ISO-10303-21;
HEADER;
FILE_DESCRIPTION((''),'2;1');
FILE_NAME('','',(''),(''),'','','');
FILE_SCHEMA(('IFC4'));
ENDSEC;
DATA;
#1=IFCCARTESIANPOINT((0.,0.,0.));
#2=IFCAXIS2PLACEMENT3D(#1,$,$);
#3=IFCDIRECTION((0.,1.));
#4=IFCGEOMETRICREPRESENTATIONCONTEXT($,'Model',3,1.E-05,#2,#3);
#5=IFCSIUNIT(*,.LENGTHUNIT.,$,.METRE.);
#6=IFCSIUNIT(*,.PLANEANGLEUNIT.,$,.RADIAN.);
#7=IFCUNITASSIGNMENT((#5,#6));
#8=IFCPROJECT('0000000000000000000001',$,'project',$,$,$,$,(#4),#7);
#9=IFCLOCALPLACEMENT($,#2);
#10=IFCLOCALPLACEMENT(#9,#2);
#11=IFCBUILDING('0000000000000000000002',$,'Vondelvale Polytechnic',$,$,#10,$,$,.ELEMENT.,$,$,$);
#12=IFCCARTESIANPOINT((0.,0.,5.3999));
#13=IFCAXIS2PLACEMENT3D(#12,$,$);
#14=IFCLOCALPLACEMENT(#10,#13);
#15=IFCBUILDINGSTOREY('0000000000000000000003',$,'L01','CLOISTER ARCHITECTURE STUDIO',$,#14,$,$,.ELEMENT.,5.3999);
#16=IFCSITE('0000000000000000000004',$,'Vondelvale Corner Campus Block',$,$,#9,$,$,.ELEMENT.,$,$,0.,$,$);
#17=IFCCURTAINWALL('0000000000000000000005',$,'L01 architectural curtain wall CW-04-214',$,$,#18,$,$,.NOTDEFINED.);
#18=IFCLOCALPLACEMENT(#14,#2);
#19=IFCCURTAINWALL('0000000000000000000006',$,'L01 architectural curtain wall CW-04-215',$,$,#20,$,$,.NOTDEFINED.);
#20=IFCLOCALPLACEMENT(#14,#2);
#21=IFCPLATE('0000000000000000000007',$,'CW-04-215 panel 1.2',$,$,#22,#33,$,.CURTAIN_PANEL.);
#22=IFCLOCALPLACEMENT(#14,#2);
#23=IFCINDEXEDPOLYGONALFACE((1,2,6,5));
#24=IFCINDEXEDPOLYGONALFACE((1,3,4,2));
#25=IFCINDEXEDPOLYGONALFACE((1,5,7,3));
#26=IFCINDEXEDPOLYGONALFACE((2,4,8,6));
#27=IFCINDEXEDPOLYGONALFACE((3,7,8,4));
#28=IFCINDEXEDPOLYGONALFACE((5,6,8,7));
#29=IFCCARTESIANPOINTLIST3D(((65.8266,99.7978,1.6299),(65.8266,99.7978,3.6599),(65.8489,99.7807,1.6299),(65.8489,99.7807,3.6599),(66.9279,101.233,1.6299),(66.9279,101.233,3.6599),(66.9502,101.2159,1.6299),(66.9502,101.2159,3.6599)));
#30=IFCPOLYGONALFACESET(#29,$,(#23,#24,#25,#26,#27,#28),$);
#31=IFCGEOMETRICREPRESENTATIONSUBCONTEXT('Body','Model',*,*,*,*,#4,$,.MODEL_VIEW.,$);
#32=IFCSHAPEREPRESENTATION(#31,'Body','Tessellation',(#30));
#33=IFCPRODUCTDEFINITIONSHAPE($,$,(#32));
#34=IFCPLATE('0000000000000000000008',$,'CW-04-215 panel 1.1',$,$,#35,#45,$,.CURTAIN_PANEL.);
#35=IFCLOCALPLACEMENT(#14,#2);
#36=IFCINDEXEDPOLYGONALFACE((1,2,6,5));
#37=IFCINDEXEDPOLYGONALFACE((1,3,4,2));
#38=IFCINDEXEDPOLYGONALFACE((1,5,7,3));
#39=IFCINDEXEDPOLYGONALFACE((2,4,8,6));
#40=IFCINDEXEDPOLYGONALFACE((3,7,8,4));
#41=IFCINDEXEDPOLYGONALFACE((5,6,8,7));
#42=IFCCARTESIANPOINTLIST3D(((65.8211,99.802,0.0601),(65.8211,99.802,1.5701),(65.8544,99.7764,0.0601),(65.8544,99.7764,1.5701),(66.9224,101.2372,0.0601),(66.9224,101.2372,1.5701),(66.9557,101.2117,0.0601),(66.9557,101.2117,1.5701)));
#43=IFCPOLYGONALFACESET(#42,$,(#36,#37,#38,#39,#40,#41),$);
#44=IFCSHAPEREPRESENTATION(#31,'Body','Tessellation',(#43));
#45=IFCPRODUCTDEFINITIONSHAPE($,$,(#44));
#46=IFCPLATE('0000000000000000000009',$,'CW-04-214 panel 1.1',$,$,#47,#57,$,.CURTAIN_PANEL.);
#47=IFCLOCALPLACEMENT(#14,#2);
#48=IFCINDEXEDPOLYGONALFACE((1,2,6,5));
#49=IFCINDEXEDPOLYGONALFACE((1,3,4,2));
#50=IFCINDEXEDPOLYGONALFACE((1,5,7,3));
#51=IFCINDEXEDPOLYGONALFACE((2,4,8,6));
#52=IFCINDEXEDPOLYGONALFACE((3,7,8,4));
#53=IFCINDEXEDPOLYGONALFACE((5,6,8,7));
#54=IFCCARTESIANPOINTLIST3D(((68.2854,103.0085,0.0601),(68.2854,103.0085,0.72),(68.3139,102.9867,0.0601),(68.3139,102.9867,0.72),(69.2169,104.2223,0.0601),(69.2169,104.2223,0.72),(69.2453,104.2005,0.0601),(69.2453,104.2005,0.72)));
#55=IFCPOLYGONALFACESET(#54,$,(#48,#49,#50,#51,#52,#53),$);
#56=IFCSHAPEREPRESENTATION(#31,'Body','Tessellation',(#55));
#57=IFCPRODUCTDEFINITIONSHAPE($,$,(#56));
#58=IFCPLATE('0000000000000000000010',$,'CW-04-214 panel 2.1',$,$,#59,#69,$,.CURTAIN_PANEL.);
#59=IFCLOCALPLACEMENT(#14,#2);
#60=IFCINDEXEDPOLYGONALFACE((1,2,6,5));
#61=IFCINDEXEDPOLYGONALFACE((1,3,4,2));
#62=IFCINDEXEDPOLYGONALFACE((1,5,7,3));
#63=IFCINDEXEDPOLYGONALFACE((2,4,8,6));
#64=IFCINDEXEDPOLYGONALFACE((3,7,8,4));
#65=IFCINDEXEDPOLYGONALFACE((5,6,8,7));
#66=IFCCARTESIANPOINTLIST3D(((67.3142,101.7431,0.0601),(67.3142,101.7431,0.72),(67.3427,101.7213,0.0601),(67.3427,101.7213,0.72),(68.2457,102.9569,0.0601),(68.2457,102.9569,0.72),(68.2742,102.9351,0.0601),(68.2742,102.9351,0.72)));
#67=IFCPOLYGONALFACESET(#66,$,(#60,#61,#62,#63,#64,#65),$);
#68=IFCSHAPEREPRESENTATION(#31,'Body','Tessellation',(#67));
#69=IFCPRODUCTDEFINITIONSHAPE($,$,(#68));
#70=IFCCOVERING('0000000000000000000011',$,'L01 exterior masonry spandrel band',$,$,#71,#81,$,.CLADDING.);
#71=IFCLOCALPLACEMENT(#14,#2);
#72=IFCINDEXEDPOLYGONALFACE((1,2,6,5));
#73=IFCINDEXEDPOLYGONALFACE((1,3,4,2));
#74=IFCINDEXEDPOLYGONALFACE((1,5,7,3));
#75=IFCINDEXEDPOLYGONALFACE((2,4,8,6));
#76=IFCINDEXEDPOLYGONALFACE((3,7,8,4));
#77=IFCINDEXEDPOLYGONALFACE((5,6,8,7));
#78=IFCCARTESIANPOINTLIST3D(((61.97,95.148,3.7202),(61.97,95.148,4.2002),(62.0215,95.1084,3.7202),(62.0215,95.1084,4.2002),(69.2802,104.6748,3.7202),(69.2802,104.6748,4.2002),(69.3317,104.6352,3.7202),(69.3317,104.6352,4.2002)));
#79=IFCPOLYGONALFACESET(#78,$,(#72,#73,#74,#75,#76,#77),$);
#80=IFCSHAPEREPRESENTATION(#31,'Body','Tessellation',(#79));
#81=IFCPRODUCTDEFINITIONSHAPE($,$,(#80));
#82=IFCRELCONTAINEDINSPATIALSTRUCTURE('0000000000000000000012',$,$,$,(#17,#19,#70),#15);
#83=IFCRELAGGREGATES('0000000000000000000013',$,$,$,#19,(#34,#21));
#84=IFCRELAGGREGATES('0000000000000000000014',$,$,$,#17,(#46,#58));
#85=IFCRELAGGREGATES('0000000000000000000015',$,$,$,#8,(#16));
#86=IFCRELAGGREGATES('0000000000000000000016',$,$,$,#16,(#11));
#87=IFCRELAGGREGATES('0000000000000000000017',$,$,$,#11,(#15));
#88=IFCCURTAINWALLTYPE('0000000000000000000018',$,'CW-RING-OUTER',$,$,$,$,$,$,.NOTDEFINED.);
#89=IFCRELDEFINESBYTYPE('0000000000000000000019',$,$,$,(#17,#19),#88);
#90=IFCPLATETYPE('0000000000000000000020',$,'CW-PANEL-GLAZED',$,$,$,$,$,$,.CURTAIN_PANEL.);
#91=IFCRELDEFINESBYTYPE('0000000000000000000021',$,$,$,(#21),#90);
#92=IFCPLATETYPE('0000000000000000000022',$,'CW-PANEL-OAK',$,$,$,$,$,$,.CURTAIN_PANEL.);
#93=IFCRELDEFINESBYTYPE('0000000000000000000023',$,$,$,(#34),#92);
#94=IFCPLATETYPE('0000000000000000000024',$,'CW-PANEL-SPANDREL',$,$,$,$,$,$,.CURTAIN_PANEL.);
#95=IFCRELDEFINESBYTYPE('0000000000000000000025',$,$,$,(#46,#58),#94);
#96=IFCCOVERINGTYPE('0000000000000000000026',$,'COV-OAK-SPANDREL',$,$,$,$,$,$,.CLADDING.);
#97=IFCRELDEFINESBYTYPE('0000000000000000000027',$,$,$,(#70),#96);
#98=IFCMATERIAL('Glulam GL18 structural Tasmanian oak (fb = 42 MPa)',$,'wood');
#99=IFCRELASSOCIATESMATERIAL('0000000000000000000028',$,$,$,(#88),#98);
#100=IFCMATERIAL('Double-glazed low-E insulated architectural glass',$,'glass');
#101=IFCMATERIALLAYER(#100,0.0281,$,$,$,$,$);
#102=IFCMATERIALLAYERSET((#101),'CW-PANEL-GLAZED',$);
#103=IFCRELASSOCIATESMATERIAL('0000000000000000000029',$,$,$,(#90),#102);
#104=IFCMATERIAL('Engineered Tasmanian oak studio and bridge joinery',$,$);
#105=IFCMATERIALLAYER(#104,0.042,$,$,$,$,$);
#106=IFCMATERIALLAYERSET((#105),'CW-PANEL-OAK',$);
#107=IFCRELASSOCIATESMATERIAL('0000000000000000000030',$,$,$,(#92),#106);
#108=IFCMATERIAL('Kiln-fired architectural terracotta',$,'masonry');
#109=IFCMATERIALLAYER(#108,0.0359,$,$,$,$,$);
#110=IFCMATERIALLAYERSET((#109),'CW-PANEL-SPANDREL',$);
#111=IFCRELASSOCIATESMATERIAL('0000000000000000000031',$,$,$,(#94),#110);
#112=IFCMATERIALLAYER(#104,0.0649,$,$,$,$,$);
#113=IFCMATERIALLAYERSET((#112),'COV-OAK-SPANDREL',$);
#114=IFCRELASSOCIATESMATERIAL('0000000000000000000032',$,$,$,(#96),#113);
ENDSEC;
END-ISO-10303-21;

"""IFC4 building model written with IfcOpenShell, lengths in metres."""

from ifc_helpers import new_model, si_unit, direction, frame, origin, origin_2d, place, context, subcontext, project, spatial, rectangle, extrude, material, layer, layer_set, type_object, element, aggregate, save


model = new_model("IFC4")

# Units and contexts
model_context = context("Model", 3, precision=1e-05, world=origin(), true_north=direction((0.0, 1.0)))
body_context = subcontext(model_context, "Body", "Model", "MODEL_VIEW")
ifc_project = project(units=[si_unit("LENGTHUNIT", "METRE"), si_unit("PLANEANGLEUNIT", "RADIAN")], contexts=[model_context])

# Site, building, storey
site_placement = place(None, origin())
site = spatial("IfcSite", under=ifc_project, at=site_placement, Name="Vondelvale Corner Campus Block", CompositionType="ELEMENT", RefElevation=0.0)
building_placement = place(site_placement, origin())
building = spatial("IfcBuilding", under=site, at=building_placement, Name="Vondelvale Polytechnic", CompositionType="ELEMENT")
storey_placement = place(building_placement, frame((0.0, 0.0, 5.3999)))
storey = spatial("IfcBuildingStorey", under=building, at=storey_placement, Name="L01", Description="CLOISTER ARCHITECTURE STUDIO", CompositionType="ELEMENT", Elevation=5.3999)

# Shared definitions
ifc_material_1 = material(Name="Glulam GL18 structural Tasmanian oak (fb = 42 MPa)", Category="wood")

# Curtain walls
curtain_wall_type = type_object("IfcCurtainWallType", Name="CW-RING-OUTER", PredefinedType="NOTDEFINED", material=ifc_material_1)
curtain_wall_1_placement = place(storey_placement, origin())
curtain_wall_1 = element("IfcCurtainWall", 1, at=curtain_wall_1_placement, inside=storey, type_object=curtain_wall_type, Name="L01 architectural curtain wall CW-04-214", PredefinedType="NOTDEFINED")
curtain_wall_2_placement = place(storey_placement, origin())
curtain_wall_2 = element("IfcCurtainWall", 2, at=curtain_wall_2_placement, inside=storey, type_object=curtain_wall_type, Name="L01 architectural curtain wall CW-04-215", PredefinedType="NOTDEFINED")

# Plates
ifc_material_2 = material(Name="Double-glazed low-E insulated architectural glass", Category="glass")
ifc_layer_1 = layer(ifc_material_2, 0.0281)
ifc_layer_set_1 = layer_set([ifc_layer_1], Name="CW-PANEL-GLAZED")
plate_type_1 = type_object("IfcPlateType", Name="CW-PANEL-GLAZED", PredefinedType="CURTAIN_PANEL", material=ifc_layer_set_1)
plate_1_placement = place(storey_placement, frame((66.3884, 100.5068, 1.6299), z_axis=(0.0, 0.0, 1.0), x_axis=(-0.608771, -0.793346, 0.0)))
plate_1 = element("IfcPlate", 3, at=plate_1_placement, type_object=plate_type_1, Name="CW-04-215 panel 1.2", PredefinedType="CURTAIN_PANEL", context=body_context, shape_type="SweptSolid", body=[
    extrude(rectangle(XDim=1.8091, YDim=0.0281, at=origin_2d()), origin(), (0.0, 0.0, 1.0), 2.03),
])
ifc_material_3 = material(Name="Engineered Tasmanian oak studio and bridge joinery")
ifc_layer_2 = layer(ifc_material_3, 0.042)
ifc_layer_set_2 = layer_set([ifc_layer_2], Name="CW-PANEL-OAK")
plate_type_2 = type_object("IfcPlateType", Name="CW-PANEL-OAK", PredefinedType="CURTAIN_PANEL", material=ifc_layer_set_2)
plate_2_placement = place(storey_placement, frame((66.3884, 100.5068, 0.0601), z_axis=(0.0, 0.0, 1.0), x_axis=(-0.608771, -0.793346, 0.0)))
plate_2 = element("IfcPlate", 4, at=plate_2_placement, type_object=plate_type_2, Name="CW-04-215 panel 1.1", PredefinedType="CURTAIN_PANEL", context=body_context, shape_type="SweptSolid", body=[
    extrude(rectangle(XDim=1.8091, YDim=0.042, at=origin_2d()), origin(), (0.0, 0.0, 1.0), 1.51),
])
aggregate(curtain_wall_2, [plate_2, plate_1])
ifc_material_4 = material(Name="Kiln-fired architectural terracotta", Category="masonry")
ifc_layer_3 = layer(ifc_material_4, 0.0359)
ifc_layer_set_3 = layer_set([ifc_layer_3], Name="CW-PANEL-SPANDREL")
plate_type_3 = type_object("IfcPlateType", Name="CW-PANEL-SPANDREL", PredefinedType="CURTAIN_PANEL", material=ifc_layer_set_3)
plate_3_placement = place(storey_placement, frame((68.7654, 103.6045, 0.0601), z_axis=(0.0, 0.0, 1.0), x_axis=(-0.608787, -0.793334, 0.0)))
plate_3 = element("IfcPlate", 5, at=plate_3_placement, type_object=plate_type_3, Name="CW-04-214 panel 1.1", PredefinedType="CURTAIN_PANEL", context=body_context, shape_type="SweptSolid", body=[
    extrude(rectangle(XDim=1.53, YDim=0.0359, at=origin_2d()), origin(), (0.0, 0.0, 1.0), 0.6599),
])
plate_4_placement = place(storey_placement, frame((67.7942, 102.3391, 0.0601), z_axis=(0.0, 0.0, 1.0), x_axis=(-0.608787, -0.793334, 0.0)))
plate_4 = element("IfcPlate", 6, at=plate_4_placement, type_object=plate_type_3, Name="CW-04-214 panel 2.1", PredefinedType="CURTAIN_PANEL", context=body_context, shape_type="SweptSolid", body=[
    extrude(rectangle(XDim=1.53, YDim=0.0359, at=origin_2d()), origin(), (0.0, 0.0, 1.0), 0.6599),
])
aggregate(curtain_wall_1, [plate_3, plate_4])

# Covering
ifc_layer_4 = layer(ifc_material_3, 0.0649)
ifc_layer_set_4 = layer_set([ifc_layer_4], Name="COV-OAK-SPANDREL")
covering_type = type_object("IfcCoveringType", Name="COV-OAK-SPANDREL", PredefinedType="CLADDING", material=ifc_layer_set_4)
covering_placement = place(storey_placement, frame((65.6509, 99.8916, 3.7202), z_axis=(0.0, 0.0, 1.0), x_axis=(-0.608761, -0.793353, 0.0)))
element("IfcCovering", 7, at=covering_placement, inside=storey, type_object=covering_type, Name="L01 exterior masonry spandrel band", PredefinedType="CLADDING", context=body_context, shape_type="SweptSolid", body=[
    extrude(rectangle(XDim=12.0083, YDim=0.0649, at=origin_2d()), origin(), (0.0, 0.0, 1.0), 0.48),
])

save(model, "model.ifc")
